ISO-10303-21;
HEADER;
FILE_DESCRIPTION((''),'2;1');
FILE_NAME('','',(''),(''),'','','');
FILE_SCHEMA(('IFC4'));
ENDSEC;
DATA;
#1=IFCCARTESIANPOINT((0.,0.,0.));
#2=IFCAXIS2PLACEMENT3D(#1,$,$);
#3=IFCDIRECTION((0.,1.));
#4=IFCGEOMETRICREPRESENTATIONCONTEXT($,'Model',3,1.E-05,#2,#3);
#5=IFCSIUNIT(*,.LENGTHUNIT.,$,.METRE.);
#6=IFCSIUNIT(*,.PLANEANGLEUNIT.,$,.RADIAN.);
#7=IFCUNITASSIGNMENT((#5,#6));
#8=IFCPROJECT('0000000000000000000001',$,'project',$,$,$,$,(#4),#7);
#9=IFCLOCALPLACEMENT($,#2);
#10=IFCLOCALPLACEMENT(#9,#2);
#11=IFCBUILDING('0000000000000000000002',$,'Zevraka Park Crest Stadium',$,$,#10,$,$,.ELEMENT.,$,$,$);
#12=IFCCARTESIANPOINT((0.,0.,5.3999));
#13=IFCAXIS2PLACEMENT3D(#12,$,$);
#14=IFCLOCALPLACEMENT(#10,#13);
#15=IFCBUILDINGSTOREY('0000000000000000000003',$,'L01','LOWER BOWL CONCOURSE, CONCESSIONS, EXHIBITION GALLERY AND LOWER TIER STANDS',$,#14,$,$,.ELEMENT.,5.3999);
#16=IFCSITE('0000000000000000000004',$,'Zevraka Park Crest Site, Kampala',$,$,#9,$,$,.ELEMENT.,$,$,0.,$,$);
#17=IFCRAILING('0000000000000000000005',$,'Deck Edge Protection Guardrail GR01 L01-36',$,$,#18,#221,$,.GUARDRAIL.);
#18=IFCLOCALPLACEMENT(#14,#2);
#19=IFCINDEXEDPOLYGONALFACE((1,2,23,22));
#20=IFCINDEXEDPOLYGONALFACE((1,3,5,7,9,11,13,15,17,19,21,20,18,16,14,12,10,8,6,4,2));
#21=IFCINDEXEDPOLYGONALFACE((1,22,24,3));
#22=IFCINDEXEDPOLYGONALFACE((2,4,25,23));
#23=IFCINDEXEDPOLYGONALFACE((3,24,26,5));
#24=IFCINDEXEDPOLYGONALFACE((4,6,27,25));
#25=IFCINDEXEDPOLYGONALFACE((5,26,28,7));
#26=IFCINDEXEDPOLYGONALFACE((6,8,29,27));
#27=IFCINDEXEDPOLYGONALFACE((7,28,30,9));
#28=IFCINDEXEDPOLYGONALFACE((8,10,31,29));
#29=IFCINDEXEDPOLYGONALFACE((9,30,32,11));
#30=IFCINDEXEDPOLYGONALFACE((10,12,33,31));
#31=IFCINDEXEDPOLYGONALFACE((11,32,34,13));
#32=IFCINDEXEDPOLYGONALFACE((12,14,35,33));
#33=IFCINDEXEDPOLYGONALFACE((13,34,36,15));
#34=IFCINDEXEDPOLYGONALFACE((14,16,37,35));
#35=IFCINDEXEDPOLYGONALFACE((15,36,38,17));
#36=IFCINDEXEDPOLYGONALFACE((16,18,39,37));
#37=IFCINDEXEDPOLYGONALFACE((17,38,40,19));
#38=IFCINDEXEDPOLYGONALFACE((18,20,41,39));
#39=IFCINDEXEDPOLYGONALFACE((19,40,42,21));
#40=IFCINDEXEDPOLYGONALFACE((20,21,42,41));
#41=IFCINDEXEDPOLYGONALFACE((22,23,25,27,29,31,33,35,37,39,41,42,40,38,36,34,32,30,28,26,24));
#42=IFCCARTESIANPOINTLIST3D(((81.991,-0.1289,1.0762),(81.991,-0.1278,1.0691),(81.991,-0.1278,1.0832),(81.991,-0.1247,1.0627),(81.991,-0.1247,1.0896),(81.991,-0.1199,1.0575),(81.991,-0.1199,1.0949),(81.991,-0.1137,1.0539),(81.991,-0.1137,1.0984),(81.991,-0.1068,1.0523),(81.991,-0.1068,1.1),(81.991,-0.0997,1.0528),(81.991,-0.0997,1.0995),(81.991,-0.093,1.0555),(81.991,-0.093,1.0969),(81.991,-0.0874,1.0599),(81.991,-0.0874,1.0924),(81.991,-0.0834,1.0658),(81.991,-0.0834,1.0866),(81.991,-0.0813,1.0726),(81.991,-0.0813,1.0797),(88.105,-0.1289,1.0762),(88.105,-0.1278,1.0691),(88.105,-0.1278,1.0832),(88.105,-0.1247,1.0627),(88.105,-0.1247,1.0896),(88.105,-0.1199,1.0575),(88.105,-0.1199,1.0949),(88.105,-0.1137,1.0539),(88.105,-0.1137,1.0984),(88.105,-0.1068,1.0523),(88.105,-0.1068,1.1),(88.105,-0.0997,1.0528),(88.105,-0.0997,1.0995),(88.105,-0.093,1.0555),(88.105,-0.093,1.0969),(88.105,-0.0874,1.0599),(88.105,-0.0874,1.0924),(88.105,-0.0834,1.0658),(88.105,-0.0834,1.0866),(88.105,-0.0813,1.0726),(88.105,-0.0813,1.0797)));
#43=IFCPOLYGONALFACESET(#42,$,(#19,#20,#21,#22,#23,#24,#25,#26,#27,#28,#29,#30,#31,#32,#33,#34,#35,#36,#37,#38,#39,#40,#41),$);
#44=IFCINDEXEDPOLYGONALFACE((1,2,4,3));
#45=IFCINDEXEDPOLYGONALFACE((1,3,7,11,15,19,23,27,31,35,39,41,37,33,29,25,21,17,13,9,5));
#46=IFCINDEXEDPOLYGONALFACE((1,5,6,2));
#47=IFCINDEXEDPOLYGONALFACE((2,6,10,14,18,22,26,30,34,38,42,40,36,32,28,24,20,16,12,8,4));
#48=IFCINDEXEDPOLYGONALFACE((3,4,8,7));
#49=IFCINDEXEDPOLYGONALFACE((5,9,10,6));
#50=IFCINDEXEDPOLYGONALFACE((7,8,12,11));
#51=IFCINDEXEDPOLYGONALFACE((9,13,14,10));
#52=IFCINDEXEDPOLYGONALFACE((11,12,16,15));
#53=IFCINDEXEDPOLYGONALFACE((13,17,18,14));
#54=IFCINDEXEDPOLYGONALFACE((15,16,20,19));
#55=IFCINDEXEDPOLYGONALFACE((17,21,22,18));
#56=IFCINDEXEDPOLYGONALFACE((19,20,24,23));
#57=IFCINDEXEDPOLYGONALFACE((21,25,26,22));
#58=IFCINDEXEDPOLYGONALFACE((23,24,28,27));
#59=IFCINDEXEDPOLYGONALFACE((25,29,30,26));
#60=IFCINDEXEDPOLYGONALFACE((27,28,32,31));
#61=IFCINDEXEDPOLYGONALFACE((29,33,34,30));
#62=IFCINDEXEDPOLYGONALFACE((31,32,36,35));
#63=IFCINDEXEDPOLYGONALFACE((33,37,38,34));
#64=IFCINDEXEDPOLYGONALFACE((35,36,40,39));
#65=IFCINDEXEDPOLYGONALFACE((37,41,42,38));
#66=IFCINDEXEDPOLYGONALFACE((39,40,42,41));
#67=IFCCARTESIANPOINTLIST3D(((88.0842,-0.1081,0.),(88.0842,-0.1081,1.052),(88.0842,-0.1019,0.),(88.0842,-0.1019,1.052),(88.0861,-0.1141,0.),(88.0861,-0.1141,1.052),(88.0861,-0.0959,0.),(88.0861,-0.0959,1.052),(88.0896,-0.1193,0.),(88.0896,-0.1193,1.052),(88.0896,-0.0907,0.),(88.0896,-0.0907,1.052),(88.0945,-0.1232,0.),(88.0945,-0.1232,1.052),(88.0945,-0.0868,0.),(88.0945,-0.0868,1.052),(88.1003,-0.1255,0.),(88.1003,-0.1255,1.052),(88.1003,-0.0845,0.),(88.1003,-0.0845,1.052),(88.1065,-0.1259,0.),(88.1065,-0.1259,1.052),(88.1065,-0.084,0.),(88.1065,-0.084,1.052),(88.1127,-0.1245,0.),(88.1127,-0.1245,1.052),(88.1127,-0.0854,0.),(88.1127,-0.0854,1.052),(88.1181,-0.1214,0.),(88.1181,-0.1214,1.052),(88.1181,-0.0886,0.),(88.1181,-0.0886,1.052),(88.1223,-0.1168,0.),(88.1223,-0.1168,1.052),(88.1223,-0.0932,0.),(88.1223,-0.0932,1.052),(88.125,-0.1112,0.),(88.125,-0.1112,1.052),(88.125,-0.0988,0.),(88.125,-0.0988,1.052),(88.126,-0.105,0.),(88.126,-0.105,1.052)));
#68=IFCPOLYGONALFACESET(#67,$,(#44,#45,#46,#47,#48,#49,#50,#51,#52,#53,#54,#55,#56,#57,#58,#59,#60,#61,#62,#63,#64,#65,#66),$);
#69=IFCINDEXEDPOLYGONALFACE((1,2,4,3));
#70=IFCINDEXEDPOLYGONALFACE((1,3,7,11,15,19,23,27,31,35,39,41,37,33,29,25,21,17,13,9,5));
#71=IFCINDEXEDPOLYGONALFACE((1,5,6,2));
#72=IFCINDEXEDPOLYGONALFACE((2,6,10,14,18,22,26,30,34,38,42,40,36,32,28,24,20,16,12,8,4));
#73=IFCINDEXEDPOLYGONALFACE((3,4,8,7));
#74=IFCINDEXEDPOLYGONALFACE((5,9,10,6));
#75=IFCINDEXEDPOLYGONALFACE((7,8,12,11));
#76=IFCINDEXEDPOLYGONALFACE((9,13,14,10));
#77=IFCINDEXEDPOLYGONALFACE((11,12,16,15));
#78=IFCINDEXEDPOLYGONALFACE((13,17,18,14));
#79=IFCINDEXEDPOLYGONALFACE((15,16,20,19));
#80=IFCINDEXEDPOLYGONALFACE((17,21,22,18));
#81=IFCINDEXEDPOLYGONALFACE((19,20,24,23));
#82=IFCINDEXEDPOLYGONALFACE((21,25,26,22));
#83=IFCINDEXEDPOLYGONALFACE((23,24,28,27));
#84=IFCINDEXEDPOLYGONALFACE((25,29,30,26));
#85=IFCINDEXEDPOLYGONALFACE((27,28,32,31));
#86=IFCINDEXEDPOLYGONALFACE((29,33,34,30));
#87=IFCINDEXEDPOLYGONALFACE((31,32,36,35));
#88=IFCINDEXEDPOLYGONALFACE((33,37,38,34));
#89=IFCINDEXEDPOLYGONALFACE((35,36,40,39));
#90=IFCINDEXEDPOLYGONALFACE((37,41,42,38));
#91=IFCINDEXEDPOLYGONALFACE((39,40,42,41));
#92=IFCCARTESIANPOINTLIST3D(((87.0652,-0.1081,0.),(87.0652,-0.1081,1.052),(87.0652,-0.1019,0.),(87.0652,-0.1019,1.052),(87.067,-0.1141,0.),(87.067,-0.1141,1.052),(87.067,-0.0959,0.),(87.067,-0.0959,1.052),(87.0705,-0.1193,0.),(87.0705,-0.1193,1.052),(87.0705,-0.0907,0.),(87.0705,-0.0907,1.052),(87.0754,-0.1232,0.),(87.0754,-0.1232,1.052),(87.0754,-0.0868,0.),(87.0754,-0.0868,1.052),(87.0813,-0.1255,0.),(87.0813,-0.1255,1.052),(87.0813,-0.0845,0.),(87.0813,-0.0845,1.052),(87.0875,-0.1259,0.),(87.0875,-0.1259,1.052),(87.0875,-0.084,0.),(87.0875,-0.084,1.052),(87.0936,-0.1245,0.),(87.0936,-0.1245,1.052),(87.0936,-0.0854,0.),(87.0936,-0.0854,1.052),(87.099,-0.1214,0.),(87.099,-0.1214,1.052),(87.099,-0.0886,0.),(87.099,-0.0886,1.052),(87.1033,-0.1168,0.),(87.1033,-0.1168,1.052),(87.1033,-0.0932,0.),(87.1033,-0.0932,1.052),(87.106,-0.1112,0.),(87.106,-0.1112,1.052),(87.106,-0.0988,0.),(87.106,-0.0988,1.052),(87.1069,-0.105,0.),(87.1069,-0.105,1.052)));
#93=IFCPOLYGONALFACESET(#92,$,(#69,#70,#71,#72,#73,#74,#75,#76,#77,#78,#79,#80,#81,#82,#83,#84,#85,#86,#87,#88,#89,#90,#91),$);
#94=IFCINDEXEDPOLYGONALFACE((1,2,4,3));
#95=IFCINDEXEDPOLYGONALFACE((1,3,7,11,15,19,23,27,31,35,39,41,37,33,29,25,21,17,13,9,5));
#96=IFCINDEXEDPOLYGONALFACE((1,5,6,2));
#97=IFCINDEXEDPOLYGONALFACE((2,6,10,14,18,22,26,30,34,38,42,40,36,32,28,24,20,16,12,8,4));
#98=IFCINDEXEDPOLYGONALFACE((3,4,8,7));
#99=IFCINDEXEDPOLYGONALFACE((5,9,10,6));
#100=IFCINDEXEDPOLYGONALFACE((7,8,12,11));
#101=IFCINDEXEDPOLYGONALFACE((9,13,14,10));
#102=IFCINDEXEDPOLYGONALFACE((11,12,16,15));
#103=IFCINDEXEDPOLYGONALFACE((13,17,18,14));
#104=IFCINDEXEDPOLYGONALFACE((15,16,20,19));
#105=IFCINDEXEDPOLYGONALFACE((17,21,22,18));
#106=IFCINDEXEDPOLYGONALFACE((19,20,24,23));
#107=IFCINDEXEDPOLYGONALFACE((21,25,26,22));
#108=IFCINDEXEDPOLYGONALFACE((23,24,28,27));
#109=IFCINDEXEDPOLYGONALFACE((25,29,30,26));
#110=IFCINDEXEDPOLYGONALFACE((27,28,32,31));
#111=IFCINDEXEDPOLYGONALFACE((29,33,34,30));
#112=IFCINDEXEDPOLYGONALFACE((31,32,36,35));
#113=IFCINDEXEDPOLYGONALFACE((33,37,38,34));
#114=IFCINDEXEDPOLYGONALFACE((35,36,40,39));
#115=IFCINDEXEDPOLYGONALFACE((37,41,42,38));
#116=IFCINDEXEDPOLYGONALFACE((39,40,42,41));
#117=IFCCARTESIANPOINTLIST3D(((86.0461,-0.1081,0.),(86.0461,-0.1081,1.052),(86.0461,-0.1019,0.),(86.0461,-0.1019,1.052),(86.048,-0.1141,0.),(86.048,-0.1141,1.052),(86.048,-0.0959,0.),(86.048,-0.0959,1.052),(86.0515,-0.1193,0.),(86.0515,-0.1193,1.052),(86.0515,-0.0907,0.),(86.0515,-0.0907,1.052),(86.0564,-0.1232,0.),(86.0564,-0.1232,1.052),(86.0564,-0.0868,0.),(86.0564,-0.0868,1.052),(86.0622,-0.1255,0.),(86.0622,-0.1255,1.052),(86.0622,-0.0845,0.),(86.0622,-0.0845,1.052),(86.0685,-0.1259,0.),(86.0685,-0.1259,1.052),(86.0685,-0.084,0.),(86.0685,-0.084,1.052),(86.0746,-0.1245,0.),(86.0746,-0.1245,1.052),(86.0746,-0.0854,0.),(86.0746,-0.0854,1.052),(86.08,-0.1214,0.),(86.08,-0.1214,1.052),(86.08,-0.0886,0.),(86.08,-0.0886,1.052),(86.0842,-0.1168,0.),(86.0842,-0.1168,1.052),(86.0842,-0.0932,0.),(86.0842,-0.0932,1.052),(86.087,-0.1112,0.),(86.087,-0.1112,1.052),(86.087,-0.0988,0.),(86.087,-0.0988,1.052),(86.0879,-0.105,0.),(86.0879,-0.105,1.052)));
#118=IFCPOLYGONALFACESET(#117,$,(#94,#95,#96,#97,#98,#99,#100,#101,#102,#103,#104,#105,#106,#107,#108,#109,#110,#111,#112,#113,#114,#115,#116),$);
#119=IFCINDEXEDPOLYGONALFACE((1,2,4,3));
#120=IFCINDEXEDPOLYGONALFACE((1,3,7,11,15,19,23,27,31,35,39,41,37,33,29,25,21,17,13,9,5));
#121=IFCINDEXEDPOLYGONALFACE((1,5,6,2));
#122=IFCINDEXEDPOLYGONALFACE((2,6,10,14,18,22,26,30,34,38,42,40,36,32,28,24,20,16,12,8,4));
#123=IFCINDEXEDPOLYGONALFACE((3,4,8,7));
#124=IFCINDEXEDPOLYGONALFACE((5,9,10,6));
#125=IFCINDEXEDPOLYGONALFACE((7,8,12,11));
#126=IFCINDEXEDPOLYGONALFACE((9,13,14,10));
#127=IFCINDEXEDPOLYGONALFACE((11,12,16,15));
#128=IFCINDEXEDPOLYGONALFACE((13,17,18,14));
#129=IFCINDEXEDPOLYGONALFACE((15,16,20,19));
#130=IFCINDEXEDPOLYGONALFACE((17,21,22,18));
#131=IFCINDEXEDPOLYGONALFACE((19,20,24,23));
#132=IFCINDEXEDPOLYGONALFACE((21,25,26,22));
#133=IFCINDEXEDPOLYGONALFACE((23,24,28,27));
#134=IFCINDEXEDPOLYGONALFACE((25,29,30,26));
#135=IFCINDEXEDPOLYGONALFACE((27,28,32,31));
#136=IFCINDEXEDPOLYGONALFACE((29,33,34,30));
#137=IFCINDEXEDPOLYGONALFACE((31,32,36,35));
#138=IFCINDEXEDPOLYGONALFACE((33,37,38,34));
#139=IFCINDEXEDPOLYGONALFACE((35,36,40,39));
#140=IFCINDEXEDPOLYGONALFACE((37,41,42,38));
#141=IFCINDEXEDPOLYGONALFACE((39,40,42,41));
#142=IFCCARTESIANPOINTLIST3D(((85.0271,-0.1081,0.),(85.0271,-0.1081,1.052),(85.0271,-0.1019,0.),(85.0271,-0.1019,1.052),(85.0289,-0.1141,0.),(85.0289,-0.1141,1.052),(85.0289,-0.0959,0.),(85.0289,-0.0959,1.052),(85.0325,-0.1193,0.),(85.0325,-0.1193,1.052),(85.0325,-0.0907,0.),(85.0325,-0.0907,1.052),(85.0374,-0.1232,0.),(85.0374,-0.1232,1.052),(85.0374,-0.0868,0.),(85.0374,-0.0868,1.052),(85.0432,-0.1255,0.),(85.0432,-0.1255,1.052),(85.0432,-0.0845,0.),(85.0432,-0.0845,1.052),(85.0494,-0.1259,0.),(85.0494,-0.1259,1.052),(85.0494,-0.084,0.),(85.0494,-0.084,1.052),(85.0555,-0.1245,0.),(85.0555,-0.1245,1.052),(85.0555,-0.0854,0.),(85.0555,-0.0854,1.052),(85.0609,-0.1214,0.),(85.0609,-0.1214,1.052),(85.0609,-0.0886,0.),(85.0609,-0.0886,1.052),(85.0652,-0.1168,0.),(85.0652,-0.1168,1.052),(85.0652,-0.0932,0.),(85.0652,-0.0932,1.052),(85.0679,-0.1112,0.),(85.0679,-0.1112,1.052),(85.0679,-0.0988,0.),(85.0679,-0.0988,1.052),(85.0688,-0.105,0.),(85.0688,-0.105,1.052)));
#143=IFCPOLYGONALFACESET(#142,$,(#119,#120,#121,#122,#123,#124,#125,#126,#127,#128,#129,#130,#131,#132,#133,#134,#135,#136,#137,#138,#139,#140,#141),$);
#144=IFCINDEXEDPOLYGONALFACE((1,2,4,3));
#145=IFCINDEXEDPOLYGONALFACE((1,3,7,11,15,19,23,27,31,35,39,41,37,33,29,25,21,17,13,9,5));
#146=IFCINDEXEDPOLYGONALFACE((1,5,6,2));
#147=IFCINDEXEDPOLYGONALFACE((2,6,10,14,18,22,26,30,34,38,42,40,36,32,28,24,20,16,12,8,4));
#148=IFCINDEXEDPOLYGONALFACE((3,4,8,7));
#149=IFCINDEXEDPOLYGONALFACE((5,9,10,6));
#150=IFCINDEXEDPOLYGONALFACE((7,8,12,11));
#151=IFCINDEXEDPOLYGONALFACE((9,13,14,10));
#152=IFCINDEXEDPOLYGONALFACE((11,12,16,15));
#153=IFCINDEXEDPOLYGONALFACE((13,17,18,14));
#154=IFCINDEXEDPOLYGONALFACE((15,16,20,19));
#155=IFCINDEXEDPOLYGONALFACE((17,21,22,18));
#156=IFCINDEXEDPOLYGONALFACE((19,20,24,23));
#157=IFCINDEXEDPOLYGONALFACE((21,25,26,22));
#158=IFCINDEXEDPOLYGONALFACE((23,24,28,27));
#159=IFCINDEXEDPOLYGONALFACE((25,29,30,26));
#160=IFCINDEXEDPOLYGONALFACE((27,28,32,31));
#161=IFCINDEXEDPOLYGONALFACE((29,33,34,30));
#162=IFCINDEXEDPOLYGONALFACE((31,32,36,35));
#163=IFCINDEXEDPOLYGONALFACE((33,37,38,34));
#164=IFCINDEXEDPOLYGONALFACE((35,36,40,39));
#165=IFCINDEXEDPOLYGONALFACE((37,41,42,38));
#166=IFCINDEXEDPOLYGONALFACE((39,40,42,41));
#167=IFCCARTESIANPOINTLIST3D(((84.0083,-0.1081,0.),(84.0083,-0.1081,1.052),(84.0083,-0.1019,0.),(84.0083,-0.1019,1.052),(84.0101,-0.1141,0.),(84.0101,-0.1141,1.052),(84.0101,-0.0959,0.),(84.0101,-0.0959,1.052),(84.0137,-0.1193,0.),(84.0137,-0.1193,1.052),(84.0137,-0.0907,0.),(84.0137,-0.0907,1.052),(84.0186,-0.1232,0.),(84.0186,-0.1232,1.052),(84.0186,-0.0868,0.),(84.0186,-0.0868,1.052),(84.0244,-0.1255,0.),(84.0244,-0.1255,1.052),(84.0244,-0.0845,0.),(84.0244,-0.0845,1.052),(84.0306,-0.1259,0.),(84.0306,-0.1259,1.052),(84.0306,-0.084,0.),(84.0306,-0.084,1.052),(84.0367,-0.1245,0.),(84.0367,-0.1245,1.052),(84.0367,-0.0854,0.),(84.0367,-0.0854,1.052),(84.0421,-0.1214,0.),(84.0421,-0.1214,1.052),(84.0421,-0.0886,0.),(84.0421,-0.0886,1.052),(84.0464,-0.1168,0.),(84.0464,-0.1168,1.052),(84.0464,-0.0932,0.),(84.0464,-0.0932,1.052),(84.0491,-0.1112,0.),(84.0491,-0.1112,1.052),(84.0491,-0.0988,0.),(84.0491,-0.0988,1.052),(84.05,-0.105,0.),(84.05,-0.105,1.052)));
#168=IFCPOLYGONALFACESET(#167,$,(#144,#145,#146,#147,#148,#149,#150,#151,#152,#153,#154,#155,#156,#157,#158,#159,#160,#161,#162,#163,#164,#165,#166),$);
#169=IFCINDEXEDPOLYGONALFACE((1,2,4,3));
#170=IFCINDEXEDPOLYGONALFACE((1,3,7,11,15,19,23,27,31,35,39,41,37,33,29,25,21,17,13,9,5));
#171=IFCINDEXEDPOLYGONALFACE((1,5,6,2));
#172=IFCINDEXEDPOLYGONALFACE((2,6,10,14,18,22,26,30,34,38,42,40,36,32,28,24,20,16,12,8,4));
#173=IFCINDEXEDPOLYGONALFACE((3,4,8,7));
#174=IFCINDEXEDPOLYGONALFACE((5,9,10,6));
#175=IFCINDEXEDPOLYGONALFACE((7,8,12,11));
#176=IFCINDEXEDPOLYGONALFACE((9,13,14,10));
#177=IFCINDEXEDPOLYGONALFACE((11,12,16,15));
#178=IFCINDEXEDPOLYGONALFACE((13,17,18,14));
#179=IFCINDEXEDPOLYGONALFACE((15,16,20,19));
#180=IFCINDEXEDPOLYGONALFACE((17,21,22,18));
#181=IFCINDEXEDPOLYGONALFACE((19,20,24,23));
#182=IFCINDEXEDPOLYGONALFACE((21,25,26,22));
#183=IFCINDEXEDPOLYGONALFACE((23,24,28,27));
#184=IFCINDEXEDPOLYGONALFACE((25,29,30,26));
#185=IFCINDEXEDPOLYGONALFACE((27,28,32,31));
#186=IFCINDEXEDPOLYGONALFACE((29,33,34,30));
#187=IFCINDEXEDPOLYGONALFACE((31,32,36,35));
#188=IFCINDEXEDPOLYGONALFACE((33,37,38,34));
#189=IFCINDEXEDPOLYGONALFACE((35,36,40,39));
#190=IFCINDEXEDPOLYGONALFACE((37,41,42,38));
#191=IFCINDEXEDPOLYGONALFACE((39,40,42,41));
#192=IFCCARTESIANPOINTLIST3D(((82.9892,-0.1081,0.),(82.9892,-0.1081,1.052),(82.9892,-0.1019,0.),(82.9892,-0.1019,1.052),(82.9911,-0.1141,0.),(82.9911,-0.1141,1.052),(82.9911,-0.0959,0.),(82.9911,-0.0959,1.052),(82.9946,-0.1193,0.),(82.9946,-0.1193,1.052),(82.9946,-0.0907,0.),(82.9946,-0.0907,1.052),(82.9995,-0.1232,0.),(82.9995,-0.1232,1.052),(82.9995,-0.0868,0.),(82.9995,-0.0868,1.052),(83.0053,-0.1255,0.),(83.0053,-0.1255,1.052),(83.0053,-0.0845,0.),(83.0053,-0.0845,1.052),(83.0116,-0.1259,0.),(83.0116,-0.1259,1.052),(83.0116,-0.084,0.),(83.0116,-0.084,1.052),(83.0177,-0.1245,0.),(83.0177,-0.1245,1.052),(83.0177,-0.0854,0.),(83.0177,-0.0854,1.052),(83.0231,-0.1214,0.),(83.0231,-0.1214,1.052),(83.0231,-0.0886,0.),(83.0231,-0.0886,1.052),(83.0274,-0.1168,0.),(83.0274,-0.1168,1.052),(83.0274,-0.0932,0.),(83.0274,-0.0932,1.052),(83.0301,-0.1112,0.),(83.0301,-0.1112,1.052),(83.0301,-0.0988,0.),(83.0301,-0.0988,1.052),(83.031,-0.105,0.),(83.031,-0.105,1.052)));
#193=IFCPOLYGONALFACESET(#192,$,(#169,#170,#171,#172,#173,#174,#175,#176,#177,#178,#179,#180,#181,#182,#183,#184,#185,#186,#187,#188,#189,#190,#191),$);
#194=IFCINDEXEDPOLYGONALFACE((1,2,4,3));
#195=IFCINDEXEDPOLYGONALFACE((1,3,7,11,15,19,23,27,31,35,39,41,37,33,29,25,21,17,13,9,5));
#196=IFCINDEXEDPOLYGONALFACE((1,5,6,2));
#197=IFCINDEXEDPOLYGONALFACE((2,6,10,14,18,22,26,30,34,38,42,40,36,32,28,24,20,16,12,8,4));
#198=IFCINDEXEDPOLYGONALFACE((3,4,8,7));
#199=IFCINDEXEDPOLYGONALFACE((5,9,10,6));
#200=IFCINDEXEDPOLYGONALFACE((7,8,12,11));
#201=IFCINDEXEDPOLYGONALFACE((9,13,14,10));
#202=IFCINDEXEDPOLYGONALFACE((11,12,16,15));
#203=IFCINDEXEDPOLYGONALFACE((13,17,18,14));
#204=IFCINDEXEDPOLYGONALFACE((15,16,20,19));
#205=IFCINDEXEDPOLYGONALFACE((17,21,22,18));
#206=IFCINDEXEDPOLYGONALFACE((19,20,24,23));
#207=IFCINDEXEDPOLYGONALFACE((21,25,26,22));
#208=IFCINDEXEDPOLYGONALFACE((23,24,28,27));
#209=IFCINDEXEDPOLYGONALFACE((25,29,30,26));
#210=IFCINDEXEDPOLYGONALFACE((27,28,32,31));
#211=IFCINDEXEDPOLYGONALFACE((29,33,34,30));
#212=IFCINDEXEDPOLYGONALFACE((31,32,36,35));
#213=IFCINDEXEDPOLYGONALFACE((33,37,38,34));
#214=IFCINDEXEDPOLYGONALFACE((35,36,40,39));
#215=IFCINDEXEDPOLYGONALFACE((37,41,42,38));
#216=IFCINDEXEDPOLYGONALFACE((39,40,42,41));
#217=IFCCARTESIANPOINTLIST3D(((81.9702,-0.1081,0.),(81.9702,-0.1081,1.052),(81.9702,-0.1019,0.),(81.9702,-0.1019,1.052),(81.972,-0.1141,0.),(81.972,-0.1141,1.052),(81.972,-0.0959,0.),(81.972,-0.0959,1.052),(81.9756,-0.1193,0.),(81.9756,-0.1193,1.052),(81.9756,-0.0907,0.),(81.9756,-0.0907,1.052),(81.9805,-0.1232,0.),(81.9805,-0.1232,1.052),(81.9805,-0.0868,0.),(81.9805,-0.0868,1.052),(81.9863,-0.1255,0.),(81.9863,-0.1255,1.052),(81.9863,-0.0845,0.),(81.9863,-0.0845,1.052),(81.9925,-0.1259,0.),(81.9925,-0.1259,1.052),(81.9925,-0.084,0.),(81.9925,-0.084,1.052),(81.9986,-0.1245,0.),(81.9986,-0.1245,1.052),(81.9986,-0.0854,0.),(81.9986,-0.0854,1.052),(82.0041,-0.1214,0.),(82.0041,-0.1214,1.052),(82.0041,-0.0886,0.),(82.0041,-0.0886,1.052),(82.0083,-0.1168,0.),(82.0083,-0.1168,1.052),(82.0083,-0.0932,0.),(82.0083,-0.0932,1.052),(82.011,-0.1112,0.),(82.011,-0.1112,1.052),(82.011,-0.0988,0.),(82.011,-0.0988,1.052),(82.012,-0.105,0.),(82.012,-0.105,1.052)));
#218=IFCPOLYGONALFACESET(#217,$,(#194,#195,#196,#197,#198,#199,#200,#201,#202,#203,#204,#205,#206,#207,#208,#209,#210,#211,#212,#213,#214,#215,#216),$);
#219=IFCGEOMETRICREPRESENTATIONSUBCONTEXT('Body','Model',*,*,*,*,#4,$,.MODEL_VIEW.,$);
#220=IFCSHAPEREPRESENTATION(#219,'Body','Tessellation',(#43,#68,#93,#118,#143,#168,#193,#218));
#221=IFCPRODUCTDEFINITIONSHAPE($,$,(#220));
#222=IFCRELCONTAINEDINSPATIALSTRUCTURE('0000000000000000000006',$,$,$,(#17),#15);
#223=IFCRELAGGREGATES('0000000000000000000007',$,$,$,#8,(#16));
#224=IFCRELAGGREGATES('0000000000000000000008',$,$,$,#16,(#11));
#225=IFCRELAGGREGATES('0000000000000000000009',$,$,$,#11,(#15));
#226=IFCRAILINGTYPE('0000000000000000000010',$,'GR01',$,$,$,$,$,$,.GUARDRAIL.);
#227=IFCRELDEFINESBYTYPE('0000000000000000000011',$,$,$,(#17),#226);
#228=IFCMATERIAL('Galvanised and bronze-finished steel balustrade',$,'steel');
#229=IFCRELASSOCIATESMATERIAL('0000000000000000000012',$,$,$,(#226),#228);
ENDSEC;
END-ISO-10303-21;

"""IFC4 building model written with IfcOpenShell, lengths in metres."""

from ifc_helpers import new_model, si_unit, direction, frame, origin, origin_2d, place, context, subcontext, project, spatial, circle, extrude, material, type_object, element, save


model = new_model("IFC4")

# Units and contexts
model_context = context("Model", 3, precision=1e-05, world=origin(), true_north=direction((0.0, 1.0)))
body_context = subcontext(model_context, "Body", "Model", "MODEL_VIEW")
ifc_project = project(units=[si_unit("LENGTHUNIT", "METRE"), si_unit("PLANEANGLEUNIT", "RADIAN")], contexts=[model_context])

# Site, building, storey
site_placement = place(None, origin())
site = spatial("IfcSite", under=ifc_project, at=site_placement, Name="Zevraka Park Crest Site, Kampala", CompositionType="ELEMENT", RefElevation=0.0)
building_placement = place(site_placement, origin())
building = spatial("IfcBuilding", under=site, at=building_placement, Name="Zevraka Park Crest Stadium", CompositionType="ELEMENT")
storey_placement = place(building_placement, frame((0.0, 0.0, 5.3999)))
storey = spatial("IfcBuildingStorey", under=building, at=storey_placement, Name="L01", Description="LOWER BOWL CONCOURSE, CONCESSIONS, EXHIBITION GALLERY AND LOWER TIER STANDS", CompositionType="ELEMENT", Elevation=5.3999)

# Railing
ifc_material_1 = material(Name="Galvanised and bronze-finished steel balustrade", Category="steel")
railing_type = type_object("IfcRailingType", Name="GR01", PredefinedType="GUARDRAIL", material=ifc_material_1)
railing_1_placement = place(storey_placement, frame((88.105, -0.105, 0.0)))
element("IfcRailing", 1, at=railing_1_placement, inside=storey, type_object=railing_type, Name="Deck Edge Protection Guardrail GR01 L01-36", PredefinedType="GUARDRAIL", context=body_context, shape_type="SweptSolid", body=[
    extrude(circle(Radius=0.0239, at=origin_2d()), frame((0.0, 0.0, 1.0762), z_axis=(-1.0, 0.0, 0.0), x_axis=(0.0, -1.0, 0.0)), (0.0, 0.0, 1.0), 6.114),
    extrude(circle(Radius=0.021, at=origin_2d()), origin(), (0.0, 0.0, 1.0), 1.052),
    extrude(circle(Radius=0.021, at=origin_2d()), frame((-1.019, 0.0, 0.0)), (0.0, 0.0, 1.0), 1.052),
    extrude(circle(Radius=0.021, at=origin_2d()), frame((-2.0381, 0.0, 0.0)), (0.0, 0.0, 1.0), 1.052),
    extrude(circle(Radius=0.021, at=origin_2d()), frame((-3.0571, 0.0, 0.0)), (0.0, 0.0, 1.0), 1.052),
    extrude(circle(Radius=0.021, at=origin_2d()), frame((-4.0759, 0.0, 0.0)), (0.0, 0.0, 1.0), 1.052),
    extrude(circle(Radius=0.021, at=origin_2d()), frame((-5.095, 0.0, 0.0)), (0.0, 0.0, 1.0), 1.052),
    extrude(circle(Radius=0.021, at=origin_2d()), frame((-6.114, 0.0, 0.0)), (0.0, 0.0, 1.0), 1.052),
])

save(model, "model.ifc")
